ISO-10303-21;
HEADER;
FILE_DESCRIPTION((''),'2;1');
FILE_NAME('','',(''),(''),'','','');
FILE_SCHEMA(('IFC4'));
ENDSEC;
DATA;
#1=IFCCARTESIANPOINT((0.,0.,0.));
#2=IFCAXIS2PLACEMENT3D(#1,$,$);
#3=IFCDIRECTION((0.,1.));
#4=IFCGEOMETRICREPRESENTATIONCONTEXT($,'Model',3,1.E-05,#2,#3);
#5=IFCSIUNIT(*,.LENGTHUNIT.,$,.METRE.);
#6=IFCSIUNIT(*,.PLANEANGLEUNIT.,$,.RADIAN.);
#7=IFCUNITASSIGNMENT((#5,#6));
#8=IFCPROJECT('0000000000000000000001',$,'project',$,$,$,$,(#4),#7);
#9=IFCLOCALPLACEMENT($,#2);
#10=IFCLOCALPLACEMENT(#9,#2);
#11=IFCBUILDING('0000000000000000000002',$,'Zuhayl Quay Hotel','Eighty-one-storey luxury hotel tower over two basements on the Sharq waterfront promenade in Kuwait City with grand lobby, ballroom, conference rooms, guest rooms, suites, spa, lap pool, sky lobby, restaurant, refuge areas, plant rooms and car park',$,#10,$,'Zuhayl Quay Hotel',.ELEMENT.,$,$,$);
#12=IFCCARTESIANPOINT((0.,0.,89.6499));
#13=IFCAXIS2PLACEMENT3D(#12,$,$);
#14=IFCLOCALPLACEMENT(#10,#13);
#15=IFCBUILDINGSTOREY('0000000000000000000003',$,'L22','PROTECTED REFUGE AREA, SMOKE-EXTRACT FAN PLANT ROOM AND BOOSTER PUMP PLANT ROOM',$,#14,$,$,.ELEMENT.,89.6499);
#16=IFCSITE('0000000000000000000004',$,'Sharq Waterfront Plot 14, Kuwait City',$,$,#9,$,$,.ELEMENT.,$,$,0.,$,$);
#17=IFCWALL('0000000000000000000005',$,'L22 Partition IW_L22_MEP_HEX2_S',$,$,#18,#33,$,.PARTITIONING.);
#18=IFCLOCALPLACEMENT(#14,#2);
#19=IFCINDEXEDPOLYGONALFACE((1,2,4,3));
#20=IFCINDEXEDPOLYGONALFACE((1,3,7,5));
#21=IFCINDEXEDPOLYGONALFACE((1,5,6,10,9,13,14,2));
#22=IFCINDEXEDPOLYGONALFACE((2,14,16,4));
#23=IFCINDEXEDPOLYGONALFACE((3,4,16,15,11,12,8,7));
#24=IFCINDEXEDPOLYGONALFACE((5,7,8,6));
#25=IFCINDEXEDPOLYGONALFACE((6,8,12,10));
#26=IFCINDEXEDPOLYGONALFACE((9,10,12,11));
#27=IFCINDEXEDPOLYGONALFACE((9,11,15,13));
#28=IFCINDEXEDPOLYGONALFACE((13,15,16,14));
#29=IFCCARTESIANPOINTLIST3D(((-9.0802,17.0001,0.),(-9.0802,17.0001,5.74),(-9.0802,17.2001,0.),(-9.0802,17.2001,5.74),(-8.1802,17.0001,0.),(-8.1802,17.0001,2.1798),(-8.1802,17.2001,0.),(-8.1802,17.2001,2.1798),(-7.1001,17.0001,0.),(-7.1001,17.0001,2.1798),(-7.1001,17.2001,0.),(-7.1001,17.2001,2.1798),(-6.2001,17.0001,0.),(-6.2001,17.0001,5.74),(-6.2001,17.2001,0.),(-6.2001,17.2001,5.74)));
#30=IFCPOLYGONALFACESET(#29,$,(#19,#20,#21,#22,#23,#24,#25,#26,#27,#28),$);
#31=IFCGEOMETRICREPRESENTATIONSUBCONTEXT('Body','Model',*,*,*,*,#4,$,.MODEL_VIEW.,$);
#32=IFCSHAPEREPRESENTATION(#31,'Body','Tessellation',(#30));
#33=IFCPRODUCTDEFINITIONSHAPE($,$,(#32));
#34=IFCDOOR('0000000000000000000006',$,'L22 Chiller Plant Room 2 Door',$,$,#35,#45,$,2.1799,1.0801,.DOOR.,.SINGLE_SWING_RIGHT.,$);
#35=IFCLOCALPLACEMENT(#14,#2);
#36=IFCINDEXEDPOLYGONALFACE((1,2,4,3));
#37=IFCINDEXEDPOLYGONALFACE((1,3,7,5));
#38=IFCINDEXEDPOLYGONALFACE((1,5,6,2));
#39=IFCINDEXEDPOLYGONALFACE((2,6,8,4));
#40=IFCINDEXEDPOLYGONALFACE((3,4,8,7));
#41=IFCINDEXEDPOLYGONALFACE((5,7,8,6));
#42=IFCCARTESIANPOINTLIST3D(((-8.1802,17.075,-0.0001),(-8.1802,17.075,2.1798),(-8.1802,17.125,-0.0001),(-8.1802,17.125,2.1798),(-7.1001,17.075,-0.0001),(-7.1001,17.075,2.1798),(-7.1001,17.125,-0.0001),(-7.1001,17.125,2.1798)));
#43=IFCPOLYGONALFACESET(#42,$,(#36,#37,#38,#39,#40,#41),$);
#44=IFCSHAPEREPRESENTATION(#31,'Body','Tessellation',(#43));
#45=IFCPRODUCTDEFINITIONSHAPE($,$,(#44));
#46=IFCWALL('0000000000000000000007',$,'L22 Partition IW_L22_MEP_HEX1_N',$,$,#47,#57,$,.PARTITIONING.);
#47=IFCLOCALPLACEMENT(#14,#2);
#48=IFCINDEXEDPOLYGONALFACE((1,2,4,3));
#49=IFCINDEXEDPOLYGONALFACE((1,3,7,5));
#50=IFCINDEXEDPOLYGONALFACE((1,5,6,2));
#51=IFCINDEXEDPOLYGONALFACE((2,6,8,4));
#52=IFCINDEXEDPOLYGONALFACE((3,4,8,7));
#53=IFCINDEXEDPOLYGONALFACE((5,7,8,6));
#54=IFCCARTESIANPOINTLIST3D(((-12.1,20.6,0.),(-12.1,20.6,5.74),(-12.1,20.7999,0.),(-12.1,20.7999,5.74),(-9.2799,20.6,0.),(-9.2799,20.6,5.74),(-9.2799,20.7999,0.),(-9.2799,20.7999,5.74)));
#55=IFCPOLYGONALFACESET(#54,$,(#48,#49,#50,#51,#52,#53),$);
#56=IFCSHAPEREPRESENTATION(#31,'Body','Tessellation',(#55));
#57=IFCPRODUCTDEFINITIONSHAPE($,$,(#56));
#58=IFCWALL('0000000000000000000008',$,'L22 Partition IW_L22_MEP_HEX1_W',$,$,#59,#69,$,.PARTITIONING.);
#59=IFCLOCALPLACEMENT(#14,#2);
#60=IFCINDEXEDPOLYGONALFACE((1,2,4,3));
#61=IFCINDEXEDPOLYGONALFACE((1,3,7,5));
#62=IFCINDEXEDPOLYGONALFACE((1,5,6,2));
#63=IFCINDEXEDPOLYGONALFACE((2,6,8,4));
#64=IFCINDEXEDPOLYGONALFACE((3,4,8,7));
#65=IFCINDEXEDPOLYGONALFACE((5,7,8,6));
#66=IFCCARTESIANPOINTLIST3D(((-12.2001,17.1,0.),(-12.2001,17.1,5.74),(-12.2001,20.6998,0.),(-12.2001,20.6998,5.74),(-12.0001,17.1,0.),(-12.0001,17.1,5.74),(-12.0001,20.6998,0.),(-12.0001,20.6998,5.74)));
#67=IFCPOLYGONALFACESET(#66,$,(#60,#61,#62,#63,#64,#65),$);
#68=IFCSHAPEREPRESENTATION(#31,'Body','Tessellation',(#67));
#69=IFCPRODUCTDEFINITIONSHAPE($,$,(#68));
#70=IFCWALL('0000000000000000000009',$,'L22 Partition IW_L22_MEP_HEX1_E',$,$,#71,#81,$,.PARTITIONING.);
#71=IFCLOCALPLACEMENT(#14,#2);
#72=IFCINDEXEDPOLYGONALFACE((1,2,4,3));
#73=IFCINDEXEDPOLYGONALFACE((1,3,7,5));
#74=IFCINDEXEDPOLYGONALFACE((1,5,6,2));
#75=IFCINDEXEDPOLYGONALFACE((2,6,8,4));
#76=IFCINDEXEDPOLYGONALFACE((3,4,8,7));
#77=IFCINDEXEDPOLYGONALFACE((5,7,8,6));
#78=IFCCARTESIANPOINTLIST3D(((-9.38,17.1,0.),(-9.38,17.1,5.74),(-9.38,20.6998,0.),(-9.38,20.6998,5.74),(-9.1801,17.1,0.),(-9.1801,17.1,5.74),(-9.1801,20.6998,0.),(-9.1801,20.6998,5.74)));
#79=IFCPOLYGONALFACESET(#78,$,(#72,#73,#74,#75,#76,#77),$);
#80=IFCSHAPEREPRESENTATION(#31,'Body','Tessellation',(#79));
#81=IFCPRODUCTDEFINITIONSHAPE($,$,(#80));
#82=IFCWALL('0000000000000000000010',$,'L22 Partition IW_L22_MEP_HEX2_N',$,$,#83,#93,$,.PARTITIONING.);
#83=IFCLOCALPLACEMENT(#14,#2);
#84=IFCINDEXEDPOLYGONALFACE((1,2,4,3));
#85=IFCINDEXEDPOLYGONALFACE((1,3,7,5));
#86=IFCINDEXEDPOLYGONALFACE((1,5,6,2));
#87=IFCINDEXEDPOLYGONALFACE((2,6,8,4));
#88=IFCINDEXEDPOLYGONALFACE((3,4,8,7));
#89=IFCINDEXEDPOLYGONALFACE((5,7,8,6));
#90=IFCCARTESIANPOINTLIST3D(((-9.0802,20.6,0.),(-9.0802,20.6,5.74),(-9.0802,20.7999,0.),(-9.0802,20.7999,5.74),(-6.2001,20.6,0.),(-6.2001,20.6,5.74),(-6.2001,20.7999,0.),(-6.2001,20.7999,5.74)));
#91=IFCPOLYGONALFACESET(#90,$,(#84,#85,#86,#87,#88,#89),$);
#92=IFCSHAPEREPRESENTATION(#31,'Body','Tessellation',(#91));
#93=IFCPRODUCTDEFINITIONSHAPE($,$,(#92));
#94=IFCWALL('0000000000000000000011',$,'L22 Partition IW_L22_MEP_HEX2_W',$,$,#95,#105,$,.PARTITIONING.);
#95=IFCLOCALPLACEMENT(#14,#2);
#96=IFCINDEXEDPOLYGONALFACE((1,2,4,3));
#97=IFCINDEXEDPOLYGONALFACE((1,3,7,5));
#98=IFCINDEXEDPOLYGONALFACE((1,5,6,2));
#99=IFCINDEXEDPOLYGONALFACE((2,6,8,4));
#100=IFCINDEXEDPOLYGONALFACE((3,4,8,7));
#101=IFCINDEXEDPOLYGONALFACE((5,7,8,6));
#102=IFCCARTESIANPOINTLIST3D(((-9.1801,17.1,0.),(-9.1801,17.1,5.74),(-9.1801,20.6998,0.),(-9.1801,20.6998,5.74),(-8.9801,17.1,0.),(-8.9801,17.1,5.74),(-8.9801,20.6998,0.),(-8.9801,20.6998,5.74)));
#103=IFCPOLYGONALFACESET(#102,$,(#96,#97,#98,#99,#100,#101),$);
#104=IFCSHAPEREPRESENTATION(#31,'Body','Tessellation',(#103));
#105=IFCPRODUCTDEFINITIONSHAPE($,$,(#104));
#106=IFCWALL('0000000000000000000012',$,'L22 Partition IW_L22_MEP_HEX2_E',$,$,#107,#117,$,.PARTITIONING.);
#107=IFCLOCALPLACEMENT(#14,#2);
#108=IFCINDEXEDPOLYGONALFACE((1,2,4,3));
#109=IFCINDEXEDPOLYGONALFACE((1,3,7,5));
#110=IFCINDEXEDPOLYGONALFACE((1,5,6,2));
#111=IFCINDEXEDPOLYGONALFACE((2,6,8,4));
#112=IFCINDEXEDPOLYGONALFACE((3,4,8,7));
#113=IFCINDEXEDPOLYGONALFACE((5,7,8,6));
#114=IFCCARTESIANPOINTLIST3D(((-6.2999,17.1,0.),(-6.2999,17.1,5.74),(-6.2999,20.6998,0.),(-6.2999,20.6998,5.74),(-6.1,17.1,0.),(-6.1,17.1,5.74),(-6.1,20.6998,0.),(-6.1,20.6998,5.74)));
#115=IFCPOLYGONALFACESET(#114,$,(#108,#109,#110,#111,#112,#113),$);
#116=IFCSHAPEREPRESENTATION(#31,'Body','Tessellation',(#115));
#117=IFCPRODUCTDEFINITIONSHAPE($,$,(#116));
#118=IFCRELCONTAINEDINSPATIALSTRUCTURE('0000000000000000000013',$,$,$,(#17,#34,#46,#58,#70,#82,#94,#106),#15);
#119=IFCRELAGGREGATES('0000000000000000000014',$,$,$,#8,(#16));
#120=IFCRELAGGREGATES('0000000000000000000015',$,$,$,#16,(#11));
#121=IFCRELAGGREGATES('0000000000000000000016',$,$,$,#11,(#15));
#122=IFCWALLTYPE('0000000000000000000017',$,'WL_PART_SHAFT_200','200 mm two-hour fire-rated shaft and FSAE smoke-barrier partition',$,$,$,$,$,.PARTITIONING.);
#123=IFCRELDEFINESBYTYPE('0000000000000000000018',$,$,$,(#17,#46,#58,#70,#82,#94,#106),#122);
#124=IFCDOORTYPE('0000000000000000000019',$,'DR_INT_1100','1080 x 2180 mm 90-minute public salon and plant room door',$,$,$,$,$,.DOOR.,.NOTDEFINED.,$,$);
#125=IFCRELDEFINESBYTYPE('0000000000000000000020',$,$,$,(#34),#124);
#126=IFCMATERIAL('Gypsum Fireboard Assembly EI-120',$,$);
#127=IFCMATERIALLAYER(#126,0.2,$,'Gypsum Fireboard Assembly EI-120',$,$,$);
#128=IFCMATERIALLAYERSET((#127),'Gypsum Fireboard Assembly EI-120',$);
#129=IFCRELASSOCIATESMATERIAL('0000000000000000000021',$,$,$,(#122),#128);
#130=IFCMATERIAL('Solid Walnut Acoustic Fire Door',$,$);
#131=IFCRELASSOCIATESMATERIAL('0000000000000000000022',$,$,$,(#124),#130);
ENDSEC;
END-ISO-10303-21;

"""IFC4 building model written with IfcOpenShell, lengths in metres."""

from ifc_helpers import new_model, si_unit, direction, frame, frame_2d, origin, place, context, subcontext, project, spatial, rectangle, extrude, material, layer, layer_set, type_object, element, fill, save


model = new_model("IFC4")

# Units and contexts
model_context = context("Model", 3, precision=1e-05, world=origin(), true_north=direction((0.0, 1.0)))
body_context = subcontext(model_context, "Body", "Model", "MODEL_VIEW")
ifc_project = project(units=[si_unit("LENGTHUNIT", "METRE"), si_unit("PLANEANGLEUNIT", "RADIAN")], contexts=[model_context])

# Site, building, storey
site_placement = place(None, origin())
site = spatial("IfcSite", under=ifc_project, at=site_placement, Name="Sharq Waterfront Plot 14, Kuwait City", CompositionType="ELEMENT", RefElevation=0.0)
building_placement = place(site_placement, origin())
building = spatial("IfcBuilding", under=site, at=building_placement, Name="Zuhayl Quay Hotel", Description="Eighty-one-storey luxury hotel tower over two basements on the Sharq waterfront promenade in Kuwait City with grand lobby, ballroom, conference rooms, guest rooms, suites, spa, lap pool, sky lobby, restaurant, refuge areas, plant rooms and car park", LongName="Zuhayl Quay Hotel", CompositionType="ELEMENT")
storey_placement = place(building_placement, frame((0.0, 0.0, 89.6499)))
storey = spatial("IfcBuildingStorey", under=building, at=storey_placement, Name="L22", Description="PROTECTED REFUGE AREA, SMOKE-EXTRACT FAN PLANT ROOM AND BOOSTER PUMP PLANT ROOM", CompositionType="ELEMENT", Elevation=89.6499)

# Wall, opening, door
ifc_material_1 = material(Name="Gypsum Fireboard Assembly EI-120")
ifc_layer_1 = layer(ifc_material_1, 0.2, Name="Gypsum Fireboard Assembly EI-120")
ifc_layer_set_1 = layer_set([ifc_layer_1], Name="Gypsum Fireboard Assembly EI-120")
wall_type_1 = type_object("IfcWallType", Name="WL_PART_SHAFT_200", Description="200 mm two-hour fire-rated shaft and FSAE smoke-barrier partition", PredefinedType="PARTITIONING", material=ifc_layer_set_1)
wall_1_placement = place(storey_placement, frame((-9.0801, 17.1001, 0.0), z_axis=(0.0, 0.0, 1.0), x_axis=(1.0, 0.0, 0.0)))
wall_1 = element("IfcWall", 1, at=wall_1_placement, inside=storey, type_object=wall_type_1, Name="L22 Partition IW_L22_MEP_HEX2_S", PredefinedType="PARTITIONING", context=body_context, shape_type="SweptSolid", body=[
    extrude(rectangle(XDim=2.8801, YDim=0.2, at=frame_2d((1.4399, 0.0))), origin(), (0.0, 0.0, 1.0), 5.74),
])
opening_1_placement = place(wall_1_placement, frame((0.8999, 0.0, 0.0)))
opening_1 = element("IfcOpeningElement", 2, at=opening_1_placement, cuts=wall_1, PredefinedType="OPENING", context=body_context, shape_type="SweptSolid", body=[
    extrude(rectangle(XDim=1.0801, YDim=2.1799, at=frame_2d((0.54, 1.0898))), frame((0.0, 0.1099, 0.0), z_axis=(0.0, -1.0, 0.0), x_axis=(1.0, 0.0, 0.0)), (0.0, 0.0, 1.0), 0.22),
])
ifc_material_2 = material(Name="Solid Walnut Acoustic Fire Door")
door_type_1 = type_object("IfcDoorType", Name="DR_INT_1100", Description="1080 x 2180 mm 90-minute public salon and plant room door", OperationType="NOTDEFINED", PredefinedType="DOOR", material=ifc_material_2)
door_1_placement = place(opening_1_placement, origin())
door_1 = element("IfcDoor", 3, at=door_1_placement, inside=storey, type_object=door_type_1, Name="L22 Chiller Plant Room 2 Door", OperationType="SINGLE_SWING_RIGHT", OverallHeight=2.1799, OverallWidth=1.0801, PredefinedType="DOOR", context=body_context, shape_type="SweptSolid", body=[
    extrude(rectangle(XDim=1.0801, YDim=2.1799, at=frame_2d((0.54, 1.0898))), frame((0.0, 0.0249, 0.0), z_axis=(0.0, -1.0, 0.0), x_axis=(1.0, 0.0, 0.0)), (0.0, 0.0, 1.0), 0.05),
])
fill(opening_1, door_1)

# Walls
wall_2_placement = place(storey_placement, frame((-12.1001, 20.7, 0.0), z_axis=(0.0, 0.0, 1.0), x_axis=(1.0, 0.0, 0.0)))
element("IfcWall", 4, at=wall_2_placement, inside=storey, type_object=wall_type_1, Name="L22 Partition IW_L22_MEP_HEX1_N", PredefinedType="PARTITIONING", context=body_context, shape_type="SweptSolid", body=[
    extrude(rectangle(XDim=2.8201, YDim=0.2, at=frame_2d((1.4102, 0.0))), origin(), (0.0, 0.0, 1.0), 5.74),
])
for number, where, z_axis, x_axis, name in (
    (5, (-12.1001, 17.1001, 0.0), (0.0, 0.0, 1.0), (0.0, 1.0, 0.0), "L22 Partition IW_L22_MEP_HEX1_W"),
    (6, (-9.28, 17.1001, 0.0), (0.0, 0.0, 1.0), (0.0, 1.0, 0.0), "L22 Partition IW_L22_MEP_HEX1_E"),
):
    element("IfcWall", number, at=place(storey_placement, frame(where, z_axis=z_axis, x_axis=x_axis)), inside=storey, type_object=wall_type_1, Name=name, PredefinedType="PARTITIONING", context=body_context, shape_type="SweptSolid", body=[
        extrude(rectangle(XDim=3.5999, YDim=0.2, at=frame_2d((1.7998, 0.0))), origin(), (0.0, 0.0, 1.0), 5.74),
    ])
wall_3_placement = place(storey_placement, frame((-9.0801, 20.7, 0.0), z_axis=(0.0, 0.0, 1.0), x_axis=(1.0, 0.0, 0.0)))
element("IfcWall", 7, at=wall_3_placement, inside=storey, type_object=wall_type_1, Name="L22 Partition IW_L22_MEP_HEX2_N", PredefinedType="PARTITIONING", context=body_context, shape_type="SweptSolid", body=[
    extrude(rectangle(XDim=2.8801, YDim=0.2, at=frame_2d((1.4399, 0.0))), origin(), (0.0, 0.0, 1.0), 5.74),
])
for number, where, z_axis, x_axis, name in (
    (8, (-9.0801, 17.1001, 0.0), (0.0, 0.0, 1.0), (0.0, 1.0, 0.0), "L22 Partition IW_L22_MEP_HEX2_W"),
    (9, (-6.2, 17.1001, 0.0), (0.0, 0.0, 1.0), (0.0, 1.0, 0.0), "L22 Partition IW_L22_MEP_HEX2_E"),
):
    element("IfcWall", number, at=place(storey_placement, frame(where, z_axis=z_axis, x_axis=x_axis)), inside=storey, type_object=wall_type_1, Name=name, PredefinedType="PARTITIONING", context=body_context, shape_type="SweptSolid", body=[
        extrude(rectangle(XDim=3.5999, YDim=0.2, at=frame_2d((1.7998, 0.0))), origin(), (0.0, 0.0, 1.0), 5.74),
    ])

save(model, "model.ifc")
